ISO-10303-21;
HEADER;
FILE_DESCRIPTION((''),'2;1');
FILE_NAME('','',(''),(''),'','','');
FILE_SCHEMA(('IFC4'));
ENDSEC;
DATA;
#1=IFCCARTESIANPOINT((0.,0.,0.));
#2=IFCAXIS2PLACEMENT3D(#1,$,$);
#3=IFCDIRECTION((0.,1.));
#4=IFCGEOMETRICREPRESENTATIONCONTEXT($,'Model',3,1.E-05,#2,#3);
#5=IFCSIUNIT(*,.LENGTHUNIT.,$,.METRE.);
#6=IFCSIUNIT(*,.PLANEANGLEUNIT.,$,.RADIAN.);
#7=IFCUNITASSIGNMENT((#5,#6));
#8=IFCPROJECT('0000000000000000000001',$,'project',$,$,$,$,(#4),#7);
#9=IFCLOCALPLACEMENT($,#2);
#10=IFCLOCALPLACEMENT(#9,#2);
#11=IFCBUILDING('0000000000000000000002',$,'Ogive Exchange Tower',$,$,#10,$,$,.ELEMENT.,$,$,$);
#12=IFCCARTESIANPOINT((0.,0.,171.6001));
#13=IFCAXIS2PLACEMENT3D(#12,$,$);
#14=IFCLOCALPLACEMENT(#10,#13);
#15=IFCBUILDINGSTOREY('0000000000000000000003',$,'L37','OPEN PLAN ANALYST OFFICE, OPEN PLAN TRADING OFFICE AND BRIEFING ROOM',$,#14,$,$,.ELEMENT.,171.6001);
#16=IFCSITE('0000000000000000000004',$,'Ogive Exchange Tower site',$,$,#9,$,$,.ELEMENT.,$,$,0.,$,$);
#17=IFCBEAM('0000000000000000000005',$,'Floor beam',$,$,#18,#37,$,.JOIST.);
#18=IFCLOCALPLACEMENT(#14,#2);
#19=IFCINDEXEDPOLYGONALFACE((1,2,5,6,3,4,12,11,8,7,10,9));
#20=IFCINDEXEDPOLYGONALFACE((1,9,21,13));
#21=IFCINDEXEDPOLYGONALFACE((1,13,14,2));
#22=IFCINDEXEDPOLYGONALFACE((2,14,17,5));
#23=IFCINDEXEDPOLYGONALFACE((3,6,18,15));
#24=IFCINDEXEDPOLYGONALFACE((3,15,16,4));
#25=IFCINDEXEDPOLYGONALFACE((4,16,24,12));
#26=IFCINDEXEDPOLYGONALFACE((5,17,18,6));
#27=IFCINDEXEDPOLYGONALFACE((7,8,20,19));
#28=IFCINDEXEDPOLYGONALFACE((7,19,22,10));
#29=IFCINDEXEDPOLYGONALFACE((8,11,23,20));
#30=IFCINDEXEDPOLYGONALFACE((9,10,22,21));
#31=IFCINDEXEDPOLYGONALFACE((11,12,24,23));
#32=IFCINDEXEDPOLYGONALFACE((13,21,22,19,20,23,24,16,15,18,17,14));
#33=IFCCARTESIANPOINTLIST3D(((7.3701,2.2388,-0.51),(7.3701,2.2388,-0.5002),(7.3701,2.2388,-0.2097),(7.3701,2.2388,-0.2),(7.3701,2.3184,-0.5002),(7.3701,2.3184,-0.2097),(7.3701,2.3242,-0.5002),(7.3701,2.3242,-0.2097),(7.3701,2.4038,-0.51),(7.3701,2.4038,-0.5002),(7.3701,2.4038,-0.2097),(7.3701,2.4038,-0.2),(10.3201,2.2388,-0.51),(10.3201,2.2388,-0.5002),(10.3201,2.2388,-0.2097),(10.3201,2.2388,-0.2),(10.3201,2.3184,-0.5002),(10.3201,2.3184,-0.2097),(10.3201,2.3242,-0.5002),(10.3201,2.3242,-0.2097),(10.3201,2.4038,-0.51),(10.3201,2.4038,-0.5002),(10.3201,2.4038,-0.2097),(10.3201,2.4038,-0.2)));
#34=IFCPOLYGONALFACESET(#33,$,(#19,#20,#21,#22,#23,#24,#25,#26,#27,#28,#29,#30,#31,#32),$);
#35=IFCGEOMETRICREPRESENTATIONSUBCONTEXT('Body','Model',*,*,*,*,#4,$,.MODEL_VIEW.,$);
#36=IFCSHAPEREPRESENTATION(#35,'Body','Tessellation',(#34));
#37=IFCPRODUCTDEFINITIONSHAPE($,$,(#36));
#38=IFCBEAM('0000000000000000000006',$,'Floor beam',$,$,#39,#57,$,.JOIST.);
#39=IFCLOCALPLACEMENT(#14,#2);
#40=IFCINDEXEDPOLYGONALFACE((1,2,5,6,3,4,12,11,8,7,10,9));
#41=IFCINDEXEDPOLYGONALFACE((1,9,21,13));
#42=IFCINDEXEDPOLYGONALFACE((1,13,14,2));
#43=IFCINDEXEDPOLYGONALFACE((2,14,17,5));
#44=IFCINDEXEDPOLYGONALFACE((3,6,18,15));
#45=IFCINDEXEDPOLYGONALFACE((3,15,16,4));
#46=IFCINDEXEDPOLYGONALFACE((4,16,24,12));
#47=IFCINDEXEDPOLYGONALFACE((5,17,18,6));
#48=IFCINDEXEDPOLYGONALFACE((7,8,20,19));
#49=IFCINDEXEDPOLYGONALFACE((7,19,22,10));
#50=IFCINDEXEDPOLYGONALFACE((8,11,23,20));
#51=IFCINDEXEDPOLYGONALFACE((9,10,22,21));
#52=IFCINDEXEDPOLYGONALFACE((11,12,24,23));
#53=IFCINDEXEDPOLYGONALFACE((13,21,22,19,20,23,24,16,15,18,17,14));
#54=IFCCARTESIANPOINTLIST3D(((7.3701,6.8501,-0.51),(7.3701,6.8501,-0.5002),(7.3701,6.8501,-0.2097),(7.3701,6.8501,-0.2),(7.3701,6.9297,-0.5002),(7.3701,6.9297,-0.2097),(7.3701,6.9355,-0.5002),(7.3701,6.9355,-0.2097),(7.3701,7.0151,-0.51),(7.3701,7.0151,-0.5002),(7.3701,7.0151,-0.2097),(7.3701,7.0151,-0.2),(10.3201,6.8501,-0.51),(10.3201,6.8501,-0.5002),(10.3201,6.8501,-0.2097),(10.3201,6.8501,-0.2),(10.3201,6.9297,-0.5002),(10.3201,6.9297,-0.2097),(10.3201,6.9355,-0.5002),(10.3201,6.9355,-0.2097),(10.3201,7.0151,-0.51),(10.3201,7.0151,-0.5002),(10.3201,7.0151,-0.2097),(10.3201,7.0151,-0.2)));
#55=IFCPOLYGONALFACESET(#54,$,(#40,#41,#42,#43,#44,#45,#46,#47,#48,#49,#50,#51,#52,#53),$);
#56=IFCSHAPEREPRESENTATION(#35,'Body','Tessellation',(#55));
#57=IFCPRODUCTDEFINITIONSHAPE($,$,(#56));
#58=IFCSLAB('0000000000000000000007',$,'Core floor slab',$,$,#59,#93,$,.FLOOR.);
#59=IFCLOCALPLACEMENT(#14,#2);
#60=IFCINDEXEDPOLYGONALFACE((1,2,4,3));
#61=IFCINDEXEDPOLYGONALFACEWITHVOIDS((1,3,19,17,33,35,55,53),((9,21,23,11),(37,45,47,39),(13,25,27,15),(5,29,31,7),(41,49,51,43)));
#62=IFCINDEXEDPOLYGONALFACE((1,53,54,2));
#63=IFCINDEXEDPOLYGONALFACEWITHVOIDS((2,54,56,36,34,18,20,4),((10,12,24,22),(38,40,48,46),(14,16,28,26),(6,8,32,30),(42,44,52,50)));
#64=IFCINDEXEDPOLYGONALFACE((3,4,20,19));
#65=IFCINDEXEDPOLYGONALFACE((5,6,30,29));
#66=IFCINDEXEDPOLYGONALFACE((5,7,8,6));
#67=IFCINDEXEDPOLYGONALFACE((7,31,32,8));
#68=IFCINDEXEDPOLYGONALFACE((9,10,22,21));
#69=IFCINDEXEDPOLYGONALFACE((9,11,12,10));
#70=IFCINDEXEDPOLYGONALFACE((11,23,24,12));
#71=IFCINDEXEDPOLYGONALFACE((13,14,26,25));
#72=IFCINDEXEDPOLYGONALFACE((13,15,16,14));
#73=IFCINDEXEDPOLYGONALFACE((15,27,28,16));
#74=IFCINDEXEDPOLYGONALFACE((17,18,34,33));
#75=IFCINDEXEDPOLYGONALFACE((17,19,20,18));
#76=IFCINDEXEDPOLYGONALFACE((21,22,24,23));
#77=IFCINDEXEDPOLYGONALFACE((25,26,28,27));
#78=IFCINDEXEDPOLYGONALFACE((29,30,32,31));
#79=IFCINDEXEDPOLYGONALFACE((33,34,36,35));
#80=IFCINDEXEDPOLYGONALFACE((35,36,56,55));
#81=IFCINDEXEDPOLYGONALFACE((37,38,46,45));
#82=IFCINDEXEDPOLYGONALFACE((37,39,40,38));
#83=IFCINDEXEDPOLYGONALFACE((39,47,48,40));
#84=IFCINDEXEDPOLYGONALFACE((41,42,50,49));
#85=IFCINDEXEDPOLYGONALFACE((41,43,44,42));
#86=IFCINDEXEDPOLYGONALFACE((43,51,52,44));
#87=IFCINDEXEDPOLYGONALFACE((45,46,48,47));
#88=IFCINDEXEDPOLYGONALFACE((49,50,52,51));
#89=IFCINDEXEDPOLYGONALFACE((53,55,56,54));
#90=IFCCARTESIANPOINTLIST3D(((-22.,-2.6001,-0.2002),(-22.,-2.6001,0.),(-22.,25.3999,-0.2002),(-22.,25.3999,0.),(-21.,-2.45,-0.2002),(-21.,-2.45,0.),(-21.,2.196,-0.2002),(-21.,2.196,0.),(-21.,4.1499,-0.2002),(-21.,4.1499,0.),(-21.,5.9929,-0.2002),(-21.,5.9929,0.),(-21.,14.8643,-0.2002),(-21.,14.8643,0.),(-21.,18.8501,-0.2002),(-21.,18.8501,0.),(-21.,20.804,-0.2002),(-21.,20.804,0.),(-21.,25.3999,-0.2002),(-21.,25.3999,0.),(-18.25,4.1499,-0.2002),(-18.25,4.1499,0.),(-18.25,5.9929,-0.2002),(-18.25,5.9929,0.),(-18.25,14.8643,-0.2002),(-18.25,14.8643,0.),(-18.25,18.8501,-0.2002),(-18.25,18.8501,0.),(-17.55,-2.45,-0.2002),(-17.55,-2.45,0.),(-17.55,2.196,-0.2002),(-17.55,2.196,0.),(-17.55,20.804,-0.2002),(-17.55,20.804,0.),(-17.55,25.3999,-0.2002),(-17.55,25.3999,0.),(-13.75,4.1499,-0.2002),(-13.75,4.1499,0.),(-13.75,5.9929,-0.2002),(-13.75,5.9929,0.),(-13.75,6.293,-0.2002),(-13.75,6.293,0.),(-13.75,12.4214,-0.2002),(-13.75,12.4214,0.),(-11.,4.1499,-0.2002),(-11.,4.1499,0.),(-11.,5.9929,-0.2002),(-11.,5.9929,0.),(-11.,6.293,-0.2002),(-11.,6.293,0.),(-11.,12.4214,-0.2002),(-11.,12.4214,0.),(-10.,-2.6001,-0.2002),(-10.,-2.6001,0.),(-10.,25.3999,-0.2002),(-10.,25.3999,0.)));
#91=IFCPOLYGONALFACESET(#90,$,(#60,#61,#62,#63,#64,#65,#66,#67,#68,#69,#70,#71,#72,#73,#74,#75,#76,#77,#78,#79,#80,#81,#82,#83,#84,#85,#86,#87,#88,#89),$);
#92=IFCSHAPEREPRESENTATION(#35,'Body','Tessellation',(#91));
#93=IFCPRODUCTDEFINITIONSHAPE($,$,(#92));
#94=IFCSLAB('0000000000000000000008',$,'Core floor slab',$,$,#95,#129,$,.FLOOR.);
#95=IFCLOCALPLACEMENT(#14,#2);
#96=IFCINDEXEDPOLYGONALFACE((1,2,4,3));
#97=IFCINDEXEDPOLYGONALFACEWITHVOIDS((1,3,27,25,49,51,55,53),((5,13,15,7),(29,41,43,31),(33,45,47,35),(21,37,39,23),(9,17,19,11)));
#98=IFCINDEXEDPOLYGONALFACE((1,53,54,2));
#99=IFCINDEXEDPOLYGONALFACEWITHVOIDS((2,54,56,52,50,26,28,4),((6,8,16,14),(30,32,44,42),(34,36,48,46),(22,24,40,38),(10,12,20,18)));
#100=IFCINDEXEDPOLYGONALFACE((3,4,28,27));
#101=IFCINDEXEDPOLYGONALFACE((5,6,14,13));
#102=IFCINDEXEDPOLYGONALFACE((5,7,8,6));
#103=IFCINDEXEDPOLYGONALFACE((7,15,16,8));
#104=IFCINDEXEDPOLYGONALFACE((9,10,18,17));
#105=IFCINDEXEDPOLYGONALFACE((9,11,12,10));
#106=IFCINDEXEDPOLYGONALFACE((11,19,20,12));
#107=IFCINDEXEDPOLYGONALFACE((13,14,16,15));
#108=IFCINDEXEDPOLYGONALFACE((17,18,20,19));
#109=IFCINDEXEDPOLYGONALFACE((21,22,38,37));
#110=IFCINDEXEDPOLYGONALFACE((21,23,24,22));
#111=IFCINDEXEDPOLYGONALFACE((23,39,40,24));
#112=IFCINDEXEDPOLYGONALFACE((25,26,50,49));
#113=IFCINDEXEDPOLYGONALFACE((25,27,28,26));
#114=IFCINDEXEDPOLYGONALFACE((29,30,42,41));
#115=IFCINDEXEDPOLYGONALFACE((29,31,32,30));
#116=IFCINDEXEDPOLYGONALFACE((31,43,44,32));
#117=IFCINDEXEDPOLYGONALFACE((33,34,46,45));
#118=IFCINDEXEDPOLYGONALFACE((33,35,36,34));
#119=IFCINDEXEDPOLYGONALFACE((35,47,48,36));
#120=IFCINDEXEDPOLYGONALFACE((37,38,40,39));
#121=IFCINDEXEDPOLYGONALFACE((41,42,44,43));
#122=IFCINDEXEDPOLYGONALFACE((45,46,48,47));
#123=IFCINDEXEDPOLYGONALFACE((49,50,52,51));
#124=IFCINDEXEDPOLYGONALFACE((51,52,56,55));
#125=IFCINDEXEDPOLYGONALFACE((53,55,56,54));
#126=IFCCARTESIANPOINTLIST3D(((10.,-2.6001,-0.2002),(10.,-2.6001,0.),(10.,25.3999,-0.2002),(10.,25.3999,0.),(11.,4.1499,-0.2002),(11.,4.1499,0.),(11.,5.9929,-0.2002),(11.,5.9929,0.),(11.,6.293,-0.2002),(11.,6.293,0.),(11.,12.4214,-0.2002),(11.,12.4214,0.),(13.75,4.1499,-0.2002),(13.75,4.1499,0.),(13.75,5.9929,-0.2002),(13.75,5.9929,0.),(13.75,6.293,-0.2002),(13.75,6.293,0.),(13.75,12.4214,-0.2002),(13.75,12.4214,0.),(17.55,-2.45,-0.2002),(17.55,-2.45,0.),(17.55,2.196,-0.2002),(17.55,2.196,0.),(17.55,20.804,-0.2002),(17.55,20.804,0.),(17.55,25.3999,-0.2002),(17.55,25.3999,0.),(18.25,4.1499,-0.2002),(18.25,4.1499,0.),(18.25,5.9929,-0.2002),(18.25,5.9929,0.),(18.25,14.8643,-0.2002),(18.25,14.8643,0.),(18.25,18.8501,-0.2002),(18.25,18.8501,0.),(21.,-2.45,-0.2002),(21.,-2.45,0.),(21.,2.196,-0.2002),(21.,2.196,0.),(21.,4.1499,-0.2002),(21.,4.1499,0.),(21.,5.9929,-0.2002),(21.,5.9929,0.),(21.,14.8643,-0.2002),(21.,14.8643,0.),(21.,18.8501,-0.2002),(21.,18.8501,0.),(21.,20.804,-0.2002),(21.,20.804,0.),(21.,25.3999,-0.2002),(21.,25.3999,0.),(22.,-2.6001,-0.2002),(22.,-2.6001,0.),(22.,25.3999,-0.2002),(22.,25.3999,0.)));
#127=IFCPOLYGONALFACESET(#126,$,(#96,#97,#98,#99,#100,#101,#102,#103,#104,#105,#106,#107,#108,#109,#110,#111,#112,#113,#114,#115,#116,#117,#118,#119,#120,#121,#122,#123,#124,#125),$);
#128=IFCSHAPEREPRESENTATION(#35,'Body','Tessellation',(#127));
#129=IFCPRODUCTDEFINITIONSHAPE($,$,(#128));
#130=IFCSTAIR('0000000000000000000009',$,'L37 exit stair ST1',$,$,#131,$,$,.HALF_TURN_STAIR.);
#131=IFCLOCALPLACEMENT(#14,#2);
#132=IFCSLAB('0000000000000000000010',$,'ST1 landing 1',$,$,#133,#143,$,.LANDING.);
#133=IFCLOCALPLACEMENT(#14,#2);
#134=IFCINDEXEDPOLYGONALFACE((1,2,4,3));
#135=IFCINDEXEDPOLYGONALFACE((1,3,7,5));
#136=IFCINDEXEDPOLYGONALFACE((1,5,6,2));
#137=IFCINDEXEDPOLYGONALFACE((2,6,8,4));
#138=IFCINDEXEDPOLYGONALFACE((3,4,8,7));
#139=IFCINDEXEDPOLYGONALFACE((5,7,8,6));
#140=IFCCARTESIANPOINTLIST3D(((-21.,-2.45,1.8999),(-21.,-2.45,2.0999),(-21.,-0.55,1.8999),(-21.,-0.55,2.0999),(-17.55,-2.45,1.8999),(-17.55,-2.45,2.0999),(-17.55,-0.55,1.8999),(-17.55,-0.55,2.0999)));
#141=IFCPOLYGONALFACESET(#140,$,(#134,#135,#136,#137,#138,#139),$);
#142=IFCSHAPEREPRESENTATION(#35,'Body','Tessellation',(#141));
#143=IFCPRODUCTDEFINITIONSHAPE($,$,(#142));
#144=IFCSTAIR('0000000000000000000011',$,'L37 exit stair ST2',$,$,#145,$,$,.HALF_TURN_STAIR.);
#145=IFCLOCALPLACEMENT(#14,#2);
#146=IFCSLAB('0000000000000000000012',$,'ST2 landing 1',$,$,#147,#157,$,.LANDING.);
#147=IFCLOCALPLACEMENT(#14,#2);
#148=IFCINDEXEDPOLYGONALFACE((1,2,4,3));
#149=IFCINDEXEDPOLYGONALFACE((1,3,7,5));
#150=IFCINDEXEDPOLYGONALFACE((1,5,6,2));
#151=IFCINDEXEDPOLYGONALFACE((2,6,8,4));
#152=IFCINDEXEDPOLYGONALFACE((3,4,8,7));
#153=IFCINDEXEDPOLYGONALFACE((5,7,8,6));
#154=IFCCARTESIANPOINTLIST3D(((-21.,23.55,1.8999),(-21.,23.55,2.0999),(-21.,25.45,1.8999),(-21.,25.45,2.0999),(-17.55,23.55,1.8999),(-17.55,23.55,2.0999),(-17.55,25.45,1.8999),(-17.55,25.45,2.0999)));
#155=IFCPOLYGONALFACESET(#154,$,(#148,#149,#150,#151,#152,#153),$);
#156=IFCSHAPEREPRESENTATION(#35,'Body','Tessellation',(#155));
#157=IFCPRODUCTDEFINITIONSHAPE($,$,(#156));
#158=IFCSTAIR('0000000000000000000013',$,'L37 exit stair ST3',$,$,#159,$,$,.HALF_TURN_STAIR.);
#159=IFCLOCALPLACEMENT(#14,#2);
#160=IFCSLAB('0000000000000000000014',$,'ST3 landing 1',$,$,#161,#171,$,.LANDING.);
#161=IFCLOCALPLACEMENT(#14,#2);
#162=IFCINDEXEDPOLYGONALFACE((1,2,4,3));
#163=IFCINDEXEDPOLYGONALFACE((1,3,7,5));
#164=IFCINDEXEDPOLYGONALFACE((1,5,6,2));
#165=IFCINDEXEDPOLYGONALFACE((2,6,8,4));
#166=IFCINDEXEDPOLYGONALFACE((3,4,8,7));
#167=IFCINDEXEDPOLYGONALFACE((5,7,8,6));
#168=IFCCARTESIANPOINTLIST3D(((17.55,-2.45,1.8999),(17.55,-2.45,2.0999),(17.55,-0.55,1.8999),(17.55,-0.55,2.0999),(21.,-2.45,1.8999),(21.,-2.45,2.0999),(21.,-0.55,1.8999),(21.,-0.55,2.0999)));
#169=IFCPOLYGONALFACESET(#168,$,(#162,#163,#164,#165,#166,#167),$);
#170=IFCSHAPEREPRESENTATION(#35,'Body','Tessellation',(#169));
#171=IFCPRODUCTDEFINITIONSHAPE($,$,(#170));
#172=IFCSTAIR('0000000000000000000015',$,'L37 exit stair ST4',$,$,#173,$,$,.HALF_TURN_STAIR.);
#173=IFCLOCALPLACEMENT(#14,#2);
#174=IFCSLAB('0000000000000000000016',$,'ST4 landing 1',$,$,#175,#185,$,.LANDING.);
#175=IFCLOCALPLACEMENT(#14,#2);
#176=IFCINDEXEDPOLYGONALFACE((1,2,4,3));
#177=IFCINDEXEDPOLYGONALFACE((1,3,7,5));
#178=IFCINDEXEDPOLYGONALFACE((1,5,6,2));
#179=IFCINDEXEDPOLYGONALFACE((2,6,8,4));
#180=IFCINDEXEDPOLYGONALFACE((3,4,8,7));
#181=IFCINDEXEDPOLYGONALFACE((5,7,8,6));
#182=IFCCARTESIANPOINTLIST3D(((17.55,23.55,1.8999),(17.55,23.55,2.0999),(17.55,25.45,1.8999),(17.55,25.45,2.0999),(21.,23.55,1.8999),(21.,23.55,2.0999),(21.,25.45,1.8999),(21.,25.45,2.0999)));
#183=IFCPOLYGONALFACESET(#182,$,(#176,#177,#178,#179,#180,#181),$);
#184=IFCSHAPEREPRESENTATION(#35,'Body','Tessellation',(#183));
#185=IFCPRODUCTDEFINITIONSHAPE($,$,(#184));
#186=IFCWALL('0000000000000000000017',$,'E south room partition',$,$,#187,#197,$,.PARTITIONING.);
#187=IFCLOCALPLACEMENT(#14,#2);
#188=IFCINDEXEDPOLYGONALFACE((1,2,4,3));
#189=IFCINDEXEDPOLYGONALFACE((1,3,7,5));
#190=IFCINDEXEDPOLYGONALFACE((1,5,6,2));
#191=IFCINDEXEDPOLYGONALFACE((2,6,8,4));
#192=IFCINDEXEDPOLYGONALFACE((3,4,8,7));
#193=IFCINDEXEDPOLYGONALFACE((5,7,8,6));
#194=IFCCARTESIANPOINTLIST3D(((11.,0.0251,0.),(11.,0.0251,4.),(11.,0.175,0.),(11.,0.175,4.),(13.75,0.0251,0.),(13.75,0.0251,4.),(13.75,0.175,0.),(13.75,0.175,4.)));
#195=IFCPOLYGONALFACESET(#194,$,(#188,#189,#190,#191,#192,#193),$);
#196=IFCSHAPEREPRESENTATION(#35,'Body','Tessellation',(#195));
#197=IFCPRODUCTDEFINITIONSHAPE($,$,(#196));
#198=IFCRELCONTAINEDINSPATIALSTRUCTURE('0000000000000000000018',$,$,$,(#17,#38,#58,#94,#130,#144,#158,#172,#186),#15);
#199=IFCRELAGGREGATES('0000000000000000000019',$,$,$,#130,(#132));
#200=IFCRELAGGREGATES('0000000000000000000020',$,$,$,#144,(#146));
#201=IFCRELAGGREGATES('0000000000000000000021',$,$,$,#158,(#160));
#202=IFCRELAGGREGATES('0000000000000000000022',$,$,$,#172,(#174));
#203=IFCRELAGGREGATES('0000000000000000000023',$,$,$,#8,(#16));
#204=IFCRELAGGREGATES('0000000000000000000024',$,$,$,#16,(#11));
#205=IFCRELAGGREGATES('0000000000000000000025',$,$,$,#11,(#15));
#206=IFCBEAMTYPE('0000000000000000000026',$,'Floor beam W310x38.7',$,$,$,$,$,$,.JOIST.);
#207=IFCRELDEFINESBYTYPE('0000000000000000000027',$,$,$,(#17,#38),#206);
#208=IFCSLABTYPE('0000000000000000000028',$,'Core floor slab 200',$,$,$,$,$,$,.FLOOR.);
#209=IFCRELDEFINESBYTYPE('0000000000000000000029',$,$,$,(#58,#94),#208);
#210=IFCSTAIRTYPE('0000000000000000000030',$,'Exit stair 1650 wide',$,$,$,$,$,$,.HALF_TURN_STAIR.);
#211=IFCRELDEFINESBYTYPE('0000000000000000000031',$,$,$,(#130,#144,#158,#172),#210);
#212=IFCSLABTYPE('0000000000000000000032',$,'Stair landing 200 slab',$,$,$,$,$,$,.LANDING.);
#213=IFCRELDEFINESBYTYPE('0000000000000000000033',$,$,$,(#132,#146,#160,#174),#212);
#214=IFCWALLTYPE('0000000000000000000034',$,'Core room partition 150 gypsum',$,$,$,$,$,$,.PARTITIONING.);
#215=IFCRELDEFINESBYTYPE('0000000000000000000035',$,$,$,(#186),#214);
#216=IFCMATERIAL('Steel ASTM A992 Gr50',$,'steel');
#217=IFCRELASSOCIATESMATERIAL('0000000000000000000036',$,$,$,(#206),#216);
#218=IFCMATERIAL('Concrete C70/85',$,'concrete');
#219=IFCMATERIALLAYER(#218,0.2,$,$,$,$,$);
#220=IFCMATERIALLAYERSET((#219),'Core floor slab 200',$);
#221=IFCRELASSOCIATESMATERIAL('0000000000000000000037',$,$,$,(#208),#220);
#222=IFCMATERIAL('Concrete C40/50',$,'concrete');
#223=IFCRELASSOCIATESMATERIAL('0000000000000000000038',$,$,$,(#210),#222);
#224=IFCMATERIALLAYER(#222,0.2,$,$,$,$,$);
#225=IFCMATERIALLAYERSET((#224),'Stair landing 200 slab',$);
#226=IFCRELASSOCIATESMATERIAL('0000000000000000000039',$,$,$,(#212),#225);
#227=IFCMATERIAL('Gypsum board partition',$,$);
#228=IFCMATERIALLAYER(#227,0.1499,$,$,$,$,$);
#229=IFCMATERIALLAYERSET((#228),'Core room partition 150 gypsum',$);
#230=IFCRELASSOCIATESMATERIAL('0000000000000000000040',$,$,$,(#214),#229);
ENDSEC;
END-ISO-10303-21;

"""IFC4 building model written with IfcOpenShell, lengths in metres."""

from ifc_helpers import new_model, si_unit, direction, frame, frame_2d, origin, origin_2d, place, context, subcontext, project, spatial, polyline, rectangle, i_section, outline, extrude, material, layer, layer_set, material_profile, profile_set, type_object, element, aggregate, save


model = new_model("IFC4")

# Units and contexts
model_context = context("Model", 3, precision=1e-05, world=origin(), true_north=direction((0.0, 1.0)))
body_context = subcontext(model_context, "Body", "Model", "MODEL_VIEW")
ifc_project = project(units=[si_unit("LENGTHUNIT", "METRE"), si_unit("PLANEANGLEUNIT", "RADIAN")], contexts=[model_context])

# Site, building, storey
site_placement = place(None, origin())
site = spatial("IfcSite", under=ifc_project, at=site_placement, Name="Ogive Exchange Tower site", CompositionType="ELEMENT", RefElevation=0.0)
building_placement = place(site_placement, origin())
building = spatial("IfcBuilding", under=site, at=building_placement, Name="Ogive Exchange Tower", CompositionType="ELEMENT")
storey_placement = place(building_placement, frame((0.0, 0.0, 171.6001)))
storey = spatial("IfcBuildingStorey", under=building, at=storey_placement, Name="L37", Description="OPEN PLAN ANALYST OFFICE, OPEN PLAN TRADING OFFICE AND BRIEFING ROOM", CompositionType="ELEMENT", Elevation=171.6001)

# Beams
ifc_material_1 = material(Name="Steel ASTM A992 Gr50", Category="steel")
ifc_material_profile = material_profile(ifc_material_1, i_section(OverallWidth=0.165, OverallDepth=0.3101, WebThickness=0.0059, FlangeThickness=0.0098, at=origin_2d()), Name="W310x38.7")
ifc_profile_set = profile_set([ifc_material_profile], Name="Steel ASTM A992 Gr50")
beam_type = type_object("IfcBeamType", Name="Floor beam W310x38.7", PredefinedType="JOIST", material=ifc_profile_set)
for number, where, z_axis, x_axis, name in (
    (1, (7.3701, 2.3213, -0.355), (1.0, 0.0, 0.0), (0.0, 1.0, 0.0), "Floor beam"),
    (2, (7.3701, 6.9326, -0.355), (1.0, 0.0, 0.0), (0.0, 1.0, 0.0), "Floor beam"),
):
    element("IfcBeam", number, at=place(storey_placement, frame(where, z_axis=z_axis, x_axis=x_axis)), inside=storey, type_object=beam_type, Name=name, PredefinedType="JOIST", context=body_context, shape_type="SweptSolid", body=[
        extrude(i_section(OverallWidth=0.165, OverallDepth=0.3101, WebThickness=0.0059, FlangeThickness=0.0098, at=origin_2d()), origin(), (0.0, 0.0, 1.0), 2.95),
    ])

# Slabs
ifc_material_2 = material(Name="Concrete C70/85", Category="concrete")
ifc_layer_1 = layer(ifc_material_2, 0.2)
ifc_layer_set_1 = layer_set([ifc_layer_1], Name="Core floor slab 200")
slab_type_1 = type_object("IfcSlabType", Name="Core floor slab 200", PredefinedType="FLOOR", material=ifc_layer_set_1)
slab_1_placement = place(storey_placement, frame((0.0, 0.0, -0.2002)))
element("IfcSlab", 3, at=slab_1_placement, inside=storey, type_object=slab_type_1, Name="Core floor slab", PredefinedType="FLOOR", context=body_context, shape_type="SweptSolid", body=[
    extrude(outline(polyline([(-10.0, 25.3999), (-10.0, -2.6001), (-22.0, -2.6001), (-22.0, 25.3999), (-21.0, 25.3999), (-21.0, 20.804), (-17.55, 20.804), (-17.55, 25.3999), (-10.0, 25.3999)]), holes=[polyline([(-17.55, 2.196), (-21.0, 2.196), (-21.0, -2.45), (-17.55, -2.45), (-17.55, 2.196)]), polyline([(-18.25, 5.9929), (-21.0, 5.9929), (-21.0, 4.1499), (-18.25, 4.1499), (-18.25, 5.9929)]), polyline([(-11.0, 5.9929), (-13.75, 5.9929), (-13.75, 4.1499), (-11.0, 4.1499), (-11.0, 5.9929)]), polyline([(-13.75, 12.4214), (-13.75, 6.293), (-11.0, 6.293), (-11.0, 12.4214), (-13.75, 12.4214)]), polyline([(-18.25, 18.8501), (-21.0, 18.8501), (-21.0, 14.8643), (-18.25, 14.8643), (-18.25, 18.8501)])]), origin(), (0.0, 0.0, 1.0), 0.2002),
])
slab_2_placement = place(storey_placement, frame((0.0, 0.0, -0.2002)))
element("IfcSlab", 4, at=slab_2_placement, inside=storey, type_object=slab_type_1, Name="Core floor slab", PredefinedType="FLOOR", context=body_context, shape_type="SweptSolid", body=[
    extrude(outline(polyline([(22.0, 25.3999), (22.0, -2.6001), (10.0, -2.6001), (10.0, 25.3999), (17.55, 25.3999), (17.55, 20.804), (21.0, 20.804), (21.0, 25.3999), (22.0, 25.3999)]), holes=[polyline([(21.0, 2.196), (17.55, 2.196), (17.55, -2.45), (21.0, -2.45), (21.0, 2.196)]), polyline([(13.75, 5.9929), (11.0, 5.9929), (11.0, 4.1499), (13.75, 4.1499), (13.75, 5.9929)]), polyline([(21.0, 5.9929), (18.25, 5.9929), (18.25, 4.1499), (21.0, 4.1499), (21.0, 5.9929)]), polyline([(11.0, 12.4214), (11.0, 6.293), (13.75, 6.293), (13.75, 12.4214), (11.0, 12.4214)]), polyline([(21.0, 18.8501), (18.25, 18.8501), (18.25, 14.8643), (21.0, 14.8643), (21.0, 18.8501)])]), origin(), (0.0, 0.0, 1.0), 0.2002),
])

# Stairs, slabs
ifc_material_3 = material(Name="Concrete C40/50", Category="concrete")
stair_type = type_object("IfcStairType", Name="Exit stair 1650 wide", PredefinedType="HALF_TURN_STAIR", material=ifc_material_3)
stair_1_placement = place(storey_placement, origin())
stair_1 = element("IfcStair", 5, at=stair_1_placement, inside=storey, type_object=stair_type, Name="L37 exit stair ST1", PredefinedType="HALF_TURN_STAIR")
ifc_layer_2 = layer(ifc_material_3, 0.2)
ifc_layer_set_2 = layer_set([ifc_layer_2], Name="Stair landing 200 slab")
slab_type_2 = type_object("IfcSlabType", Name="Stair landing 200 slab", PredefinedType="LANDING", material=ifc_layer_set_2)
slab_3_placement = place(storey_placement, frame((0.0, 0.0, 1.8999)))
slab_3 = element("IfcSlab", 6, at=slab_3_placement, type_object=slab_type_2, Name="ST1 landing 1", PredefinedType="LANDING", context=body_context, shape_type="SweptSolid", body=[
    extrude(outline(polyline([(-21.0, -0.55), (-21.0, -2.45), (-17.55, -2.45), (-17.55, -0.55), (-21.0, -0.55)])), origin(), (0.0, 0.0, 1.0), 0.2),
])
aggregate(stair_1, [slab_3])
stair_2_placement = place(storey_placement, origin())
stair_2 = element("IfcStair", 7, at=stair_2_placement, inside=storey, type_object=stair_type, Name="L37 exit stair ST2", PredefinedType="HALF_TURN_STAIR")
slab_4_placement = place(storey_placement, frame((0.0, 0.0, 1.8999)))
slab_4 = element("IfcSlab", 8, at=slab_4_placement, type_object=slab_type_2, Name="ST2 landing 1", PredefinedType="LANDING", context=body_context, shape_type="SweptSolid", body=[
    extrude(outline(polyline([(-17.55, 23.55), (-17.55, 25.45), (-21.0, 25.45), (-21.0, 23.55), (-17.55, 23.55)])), origin(), (0.0, 0.0, 1.0), 0.2),
])
aggregate(stair_2, [slab_4])
stair_3_placement = place(storey_placement, origin())
stair_3 = element("IfcStair", 9, at=stair_3_placement, inside=storey, type_object=stair_type, Name="L37 exit stair ST3", PredefinedType="HALF_TURN_STAIR")
slab_5_placement = place(storey_placement, frame((0.0, 0.0, 1.8999)))
slab_5 = element("IfcSlab", 10, at=slab_5_placement, type_object=slab_type_2, Name="ST3 landing 1", PredefinedType="LANDING", context=body_context, shape_type="SweptSolid", body=[
    extrude(outline(polyline([(17.55, -0.55), (17.55, -2.45), (21.0, -2.45), (21.0, -0.55), (17.55, -0.55)])), origin(), (0.0, 0.0, 1.0), 0.2),
])
aggregate(stair_3, [slab_5])
stair_4_placement = place(storey_placement, origin())
stair_4 = element("IfcStair", 11, at=stair_4_placement, inside=storey, type_object=stair_type, Name="L37 exit stair ST4", PredefinedType="HALF_TURN_STAIR")
slab_6_placement = place(storey_placement, frame((0.0, 0.0, 1.8999)))
slab_6 = element("IfcSlab", 12, at=slab_6_placement, type_object=slab_type_2, Name="ST4 landing 1", PredefinedType="LANDING", context=body_context, shape_type="SweptSolid", body=[
    extrude(outline(polyline([(21.0, 23.55), (21.0, 25.45), (17.55, 25.45), (17.55, 23.55), (21.0, 23.55)])), origin(), (0.0, 0.0, 1.0), 0.2),
])
aggregate(stair_4, [slab_6])

# Wall
ifc_material_4 = material(Name="Gypsum board partition")
ifc_layer_3 = layer(ifc_material_4, 0.1499)
ifc_layer_set_3 = layer_set([ifc_layer_3], Name="Core room partition 150 gypsum")
wall_type_1 = type_object("IfcWallType", Name="Core room partition 150 gypsum", PredefinedType="PARTITIONING", material=ifc_layer_set_3)
wall_1_placement = place(storey_placement, frame((11.0, 0.1001, 0.0), z_axis=(0.0, 0.0, 1.0), x_axis=(1.0, 0.0, 0.0)))
element("IfcWall", 13, at=wall_1_placement, inside=storey, type_object=wall_type_1, Name="E south room partition", PredefinedType="PARTITIONING", context=body_context, shape_type="SweptSolid", body=[
    extrude(rectangle(XDim=2.75, YDim=0.1499, at=frame_2d((1.375, 0.0))), origin(), (0.0, 0.0, 1.0), 4.0),
])

save(model, "model.ifc")
